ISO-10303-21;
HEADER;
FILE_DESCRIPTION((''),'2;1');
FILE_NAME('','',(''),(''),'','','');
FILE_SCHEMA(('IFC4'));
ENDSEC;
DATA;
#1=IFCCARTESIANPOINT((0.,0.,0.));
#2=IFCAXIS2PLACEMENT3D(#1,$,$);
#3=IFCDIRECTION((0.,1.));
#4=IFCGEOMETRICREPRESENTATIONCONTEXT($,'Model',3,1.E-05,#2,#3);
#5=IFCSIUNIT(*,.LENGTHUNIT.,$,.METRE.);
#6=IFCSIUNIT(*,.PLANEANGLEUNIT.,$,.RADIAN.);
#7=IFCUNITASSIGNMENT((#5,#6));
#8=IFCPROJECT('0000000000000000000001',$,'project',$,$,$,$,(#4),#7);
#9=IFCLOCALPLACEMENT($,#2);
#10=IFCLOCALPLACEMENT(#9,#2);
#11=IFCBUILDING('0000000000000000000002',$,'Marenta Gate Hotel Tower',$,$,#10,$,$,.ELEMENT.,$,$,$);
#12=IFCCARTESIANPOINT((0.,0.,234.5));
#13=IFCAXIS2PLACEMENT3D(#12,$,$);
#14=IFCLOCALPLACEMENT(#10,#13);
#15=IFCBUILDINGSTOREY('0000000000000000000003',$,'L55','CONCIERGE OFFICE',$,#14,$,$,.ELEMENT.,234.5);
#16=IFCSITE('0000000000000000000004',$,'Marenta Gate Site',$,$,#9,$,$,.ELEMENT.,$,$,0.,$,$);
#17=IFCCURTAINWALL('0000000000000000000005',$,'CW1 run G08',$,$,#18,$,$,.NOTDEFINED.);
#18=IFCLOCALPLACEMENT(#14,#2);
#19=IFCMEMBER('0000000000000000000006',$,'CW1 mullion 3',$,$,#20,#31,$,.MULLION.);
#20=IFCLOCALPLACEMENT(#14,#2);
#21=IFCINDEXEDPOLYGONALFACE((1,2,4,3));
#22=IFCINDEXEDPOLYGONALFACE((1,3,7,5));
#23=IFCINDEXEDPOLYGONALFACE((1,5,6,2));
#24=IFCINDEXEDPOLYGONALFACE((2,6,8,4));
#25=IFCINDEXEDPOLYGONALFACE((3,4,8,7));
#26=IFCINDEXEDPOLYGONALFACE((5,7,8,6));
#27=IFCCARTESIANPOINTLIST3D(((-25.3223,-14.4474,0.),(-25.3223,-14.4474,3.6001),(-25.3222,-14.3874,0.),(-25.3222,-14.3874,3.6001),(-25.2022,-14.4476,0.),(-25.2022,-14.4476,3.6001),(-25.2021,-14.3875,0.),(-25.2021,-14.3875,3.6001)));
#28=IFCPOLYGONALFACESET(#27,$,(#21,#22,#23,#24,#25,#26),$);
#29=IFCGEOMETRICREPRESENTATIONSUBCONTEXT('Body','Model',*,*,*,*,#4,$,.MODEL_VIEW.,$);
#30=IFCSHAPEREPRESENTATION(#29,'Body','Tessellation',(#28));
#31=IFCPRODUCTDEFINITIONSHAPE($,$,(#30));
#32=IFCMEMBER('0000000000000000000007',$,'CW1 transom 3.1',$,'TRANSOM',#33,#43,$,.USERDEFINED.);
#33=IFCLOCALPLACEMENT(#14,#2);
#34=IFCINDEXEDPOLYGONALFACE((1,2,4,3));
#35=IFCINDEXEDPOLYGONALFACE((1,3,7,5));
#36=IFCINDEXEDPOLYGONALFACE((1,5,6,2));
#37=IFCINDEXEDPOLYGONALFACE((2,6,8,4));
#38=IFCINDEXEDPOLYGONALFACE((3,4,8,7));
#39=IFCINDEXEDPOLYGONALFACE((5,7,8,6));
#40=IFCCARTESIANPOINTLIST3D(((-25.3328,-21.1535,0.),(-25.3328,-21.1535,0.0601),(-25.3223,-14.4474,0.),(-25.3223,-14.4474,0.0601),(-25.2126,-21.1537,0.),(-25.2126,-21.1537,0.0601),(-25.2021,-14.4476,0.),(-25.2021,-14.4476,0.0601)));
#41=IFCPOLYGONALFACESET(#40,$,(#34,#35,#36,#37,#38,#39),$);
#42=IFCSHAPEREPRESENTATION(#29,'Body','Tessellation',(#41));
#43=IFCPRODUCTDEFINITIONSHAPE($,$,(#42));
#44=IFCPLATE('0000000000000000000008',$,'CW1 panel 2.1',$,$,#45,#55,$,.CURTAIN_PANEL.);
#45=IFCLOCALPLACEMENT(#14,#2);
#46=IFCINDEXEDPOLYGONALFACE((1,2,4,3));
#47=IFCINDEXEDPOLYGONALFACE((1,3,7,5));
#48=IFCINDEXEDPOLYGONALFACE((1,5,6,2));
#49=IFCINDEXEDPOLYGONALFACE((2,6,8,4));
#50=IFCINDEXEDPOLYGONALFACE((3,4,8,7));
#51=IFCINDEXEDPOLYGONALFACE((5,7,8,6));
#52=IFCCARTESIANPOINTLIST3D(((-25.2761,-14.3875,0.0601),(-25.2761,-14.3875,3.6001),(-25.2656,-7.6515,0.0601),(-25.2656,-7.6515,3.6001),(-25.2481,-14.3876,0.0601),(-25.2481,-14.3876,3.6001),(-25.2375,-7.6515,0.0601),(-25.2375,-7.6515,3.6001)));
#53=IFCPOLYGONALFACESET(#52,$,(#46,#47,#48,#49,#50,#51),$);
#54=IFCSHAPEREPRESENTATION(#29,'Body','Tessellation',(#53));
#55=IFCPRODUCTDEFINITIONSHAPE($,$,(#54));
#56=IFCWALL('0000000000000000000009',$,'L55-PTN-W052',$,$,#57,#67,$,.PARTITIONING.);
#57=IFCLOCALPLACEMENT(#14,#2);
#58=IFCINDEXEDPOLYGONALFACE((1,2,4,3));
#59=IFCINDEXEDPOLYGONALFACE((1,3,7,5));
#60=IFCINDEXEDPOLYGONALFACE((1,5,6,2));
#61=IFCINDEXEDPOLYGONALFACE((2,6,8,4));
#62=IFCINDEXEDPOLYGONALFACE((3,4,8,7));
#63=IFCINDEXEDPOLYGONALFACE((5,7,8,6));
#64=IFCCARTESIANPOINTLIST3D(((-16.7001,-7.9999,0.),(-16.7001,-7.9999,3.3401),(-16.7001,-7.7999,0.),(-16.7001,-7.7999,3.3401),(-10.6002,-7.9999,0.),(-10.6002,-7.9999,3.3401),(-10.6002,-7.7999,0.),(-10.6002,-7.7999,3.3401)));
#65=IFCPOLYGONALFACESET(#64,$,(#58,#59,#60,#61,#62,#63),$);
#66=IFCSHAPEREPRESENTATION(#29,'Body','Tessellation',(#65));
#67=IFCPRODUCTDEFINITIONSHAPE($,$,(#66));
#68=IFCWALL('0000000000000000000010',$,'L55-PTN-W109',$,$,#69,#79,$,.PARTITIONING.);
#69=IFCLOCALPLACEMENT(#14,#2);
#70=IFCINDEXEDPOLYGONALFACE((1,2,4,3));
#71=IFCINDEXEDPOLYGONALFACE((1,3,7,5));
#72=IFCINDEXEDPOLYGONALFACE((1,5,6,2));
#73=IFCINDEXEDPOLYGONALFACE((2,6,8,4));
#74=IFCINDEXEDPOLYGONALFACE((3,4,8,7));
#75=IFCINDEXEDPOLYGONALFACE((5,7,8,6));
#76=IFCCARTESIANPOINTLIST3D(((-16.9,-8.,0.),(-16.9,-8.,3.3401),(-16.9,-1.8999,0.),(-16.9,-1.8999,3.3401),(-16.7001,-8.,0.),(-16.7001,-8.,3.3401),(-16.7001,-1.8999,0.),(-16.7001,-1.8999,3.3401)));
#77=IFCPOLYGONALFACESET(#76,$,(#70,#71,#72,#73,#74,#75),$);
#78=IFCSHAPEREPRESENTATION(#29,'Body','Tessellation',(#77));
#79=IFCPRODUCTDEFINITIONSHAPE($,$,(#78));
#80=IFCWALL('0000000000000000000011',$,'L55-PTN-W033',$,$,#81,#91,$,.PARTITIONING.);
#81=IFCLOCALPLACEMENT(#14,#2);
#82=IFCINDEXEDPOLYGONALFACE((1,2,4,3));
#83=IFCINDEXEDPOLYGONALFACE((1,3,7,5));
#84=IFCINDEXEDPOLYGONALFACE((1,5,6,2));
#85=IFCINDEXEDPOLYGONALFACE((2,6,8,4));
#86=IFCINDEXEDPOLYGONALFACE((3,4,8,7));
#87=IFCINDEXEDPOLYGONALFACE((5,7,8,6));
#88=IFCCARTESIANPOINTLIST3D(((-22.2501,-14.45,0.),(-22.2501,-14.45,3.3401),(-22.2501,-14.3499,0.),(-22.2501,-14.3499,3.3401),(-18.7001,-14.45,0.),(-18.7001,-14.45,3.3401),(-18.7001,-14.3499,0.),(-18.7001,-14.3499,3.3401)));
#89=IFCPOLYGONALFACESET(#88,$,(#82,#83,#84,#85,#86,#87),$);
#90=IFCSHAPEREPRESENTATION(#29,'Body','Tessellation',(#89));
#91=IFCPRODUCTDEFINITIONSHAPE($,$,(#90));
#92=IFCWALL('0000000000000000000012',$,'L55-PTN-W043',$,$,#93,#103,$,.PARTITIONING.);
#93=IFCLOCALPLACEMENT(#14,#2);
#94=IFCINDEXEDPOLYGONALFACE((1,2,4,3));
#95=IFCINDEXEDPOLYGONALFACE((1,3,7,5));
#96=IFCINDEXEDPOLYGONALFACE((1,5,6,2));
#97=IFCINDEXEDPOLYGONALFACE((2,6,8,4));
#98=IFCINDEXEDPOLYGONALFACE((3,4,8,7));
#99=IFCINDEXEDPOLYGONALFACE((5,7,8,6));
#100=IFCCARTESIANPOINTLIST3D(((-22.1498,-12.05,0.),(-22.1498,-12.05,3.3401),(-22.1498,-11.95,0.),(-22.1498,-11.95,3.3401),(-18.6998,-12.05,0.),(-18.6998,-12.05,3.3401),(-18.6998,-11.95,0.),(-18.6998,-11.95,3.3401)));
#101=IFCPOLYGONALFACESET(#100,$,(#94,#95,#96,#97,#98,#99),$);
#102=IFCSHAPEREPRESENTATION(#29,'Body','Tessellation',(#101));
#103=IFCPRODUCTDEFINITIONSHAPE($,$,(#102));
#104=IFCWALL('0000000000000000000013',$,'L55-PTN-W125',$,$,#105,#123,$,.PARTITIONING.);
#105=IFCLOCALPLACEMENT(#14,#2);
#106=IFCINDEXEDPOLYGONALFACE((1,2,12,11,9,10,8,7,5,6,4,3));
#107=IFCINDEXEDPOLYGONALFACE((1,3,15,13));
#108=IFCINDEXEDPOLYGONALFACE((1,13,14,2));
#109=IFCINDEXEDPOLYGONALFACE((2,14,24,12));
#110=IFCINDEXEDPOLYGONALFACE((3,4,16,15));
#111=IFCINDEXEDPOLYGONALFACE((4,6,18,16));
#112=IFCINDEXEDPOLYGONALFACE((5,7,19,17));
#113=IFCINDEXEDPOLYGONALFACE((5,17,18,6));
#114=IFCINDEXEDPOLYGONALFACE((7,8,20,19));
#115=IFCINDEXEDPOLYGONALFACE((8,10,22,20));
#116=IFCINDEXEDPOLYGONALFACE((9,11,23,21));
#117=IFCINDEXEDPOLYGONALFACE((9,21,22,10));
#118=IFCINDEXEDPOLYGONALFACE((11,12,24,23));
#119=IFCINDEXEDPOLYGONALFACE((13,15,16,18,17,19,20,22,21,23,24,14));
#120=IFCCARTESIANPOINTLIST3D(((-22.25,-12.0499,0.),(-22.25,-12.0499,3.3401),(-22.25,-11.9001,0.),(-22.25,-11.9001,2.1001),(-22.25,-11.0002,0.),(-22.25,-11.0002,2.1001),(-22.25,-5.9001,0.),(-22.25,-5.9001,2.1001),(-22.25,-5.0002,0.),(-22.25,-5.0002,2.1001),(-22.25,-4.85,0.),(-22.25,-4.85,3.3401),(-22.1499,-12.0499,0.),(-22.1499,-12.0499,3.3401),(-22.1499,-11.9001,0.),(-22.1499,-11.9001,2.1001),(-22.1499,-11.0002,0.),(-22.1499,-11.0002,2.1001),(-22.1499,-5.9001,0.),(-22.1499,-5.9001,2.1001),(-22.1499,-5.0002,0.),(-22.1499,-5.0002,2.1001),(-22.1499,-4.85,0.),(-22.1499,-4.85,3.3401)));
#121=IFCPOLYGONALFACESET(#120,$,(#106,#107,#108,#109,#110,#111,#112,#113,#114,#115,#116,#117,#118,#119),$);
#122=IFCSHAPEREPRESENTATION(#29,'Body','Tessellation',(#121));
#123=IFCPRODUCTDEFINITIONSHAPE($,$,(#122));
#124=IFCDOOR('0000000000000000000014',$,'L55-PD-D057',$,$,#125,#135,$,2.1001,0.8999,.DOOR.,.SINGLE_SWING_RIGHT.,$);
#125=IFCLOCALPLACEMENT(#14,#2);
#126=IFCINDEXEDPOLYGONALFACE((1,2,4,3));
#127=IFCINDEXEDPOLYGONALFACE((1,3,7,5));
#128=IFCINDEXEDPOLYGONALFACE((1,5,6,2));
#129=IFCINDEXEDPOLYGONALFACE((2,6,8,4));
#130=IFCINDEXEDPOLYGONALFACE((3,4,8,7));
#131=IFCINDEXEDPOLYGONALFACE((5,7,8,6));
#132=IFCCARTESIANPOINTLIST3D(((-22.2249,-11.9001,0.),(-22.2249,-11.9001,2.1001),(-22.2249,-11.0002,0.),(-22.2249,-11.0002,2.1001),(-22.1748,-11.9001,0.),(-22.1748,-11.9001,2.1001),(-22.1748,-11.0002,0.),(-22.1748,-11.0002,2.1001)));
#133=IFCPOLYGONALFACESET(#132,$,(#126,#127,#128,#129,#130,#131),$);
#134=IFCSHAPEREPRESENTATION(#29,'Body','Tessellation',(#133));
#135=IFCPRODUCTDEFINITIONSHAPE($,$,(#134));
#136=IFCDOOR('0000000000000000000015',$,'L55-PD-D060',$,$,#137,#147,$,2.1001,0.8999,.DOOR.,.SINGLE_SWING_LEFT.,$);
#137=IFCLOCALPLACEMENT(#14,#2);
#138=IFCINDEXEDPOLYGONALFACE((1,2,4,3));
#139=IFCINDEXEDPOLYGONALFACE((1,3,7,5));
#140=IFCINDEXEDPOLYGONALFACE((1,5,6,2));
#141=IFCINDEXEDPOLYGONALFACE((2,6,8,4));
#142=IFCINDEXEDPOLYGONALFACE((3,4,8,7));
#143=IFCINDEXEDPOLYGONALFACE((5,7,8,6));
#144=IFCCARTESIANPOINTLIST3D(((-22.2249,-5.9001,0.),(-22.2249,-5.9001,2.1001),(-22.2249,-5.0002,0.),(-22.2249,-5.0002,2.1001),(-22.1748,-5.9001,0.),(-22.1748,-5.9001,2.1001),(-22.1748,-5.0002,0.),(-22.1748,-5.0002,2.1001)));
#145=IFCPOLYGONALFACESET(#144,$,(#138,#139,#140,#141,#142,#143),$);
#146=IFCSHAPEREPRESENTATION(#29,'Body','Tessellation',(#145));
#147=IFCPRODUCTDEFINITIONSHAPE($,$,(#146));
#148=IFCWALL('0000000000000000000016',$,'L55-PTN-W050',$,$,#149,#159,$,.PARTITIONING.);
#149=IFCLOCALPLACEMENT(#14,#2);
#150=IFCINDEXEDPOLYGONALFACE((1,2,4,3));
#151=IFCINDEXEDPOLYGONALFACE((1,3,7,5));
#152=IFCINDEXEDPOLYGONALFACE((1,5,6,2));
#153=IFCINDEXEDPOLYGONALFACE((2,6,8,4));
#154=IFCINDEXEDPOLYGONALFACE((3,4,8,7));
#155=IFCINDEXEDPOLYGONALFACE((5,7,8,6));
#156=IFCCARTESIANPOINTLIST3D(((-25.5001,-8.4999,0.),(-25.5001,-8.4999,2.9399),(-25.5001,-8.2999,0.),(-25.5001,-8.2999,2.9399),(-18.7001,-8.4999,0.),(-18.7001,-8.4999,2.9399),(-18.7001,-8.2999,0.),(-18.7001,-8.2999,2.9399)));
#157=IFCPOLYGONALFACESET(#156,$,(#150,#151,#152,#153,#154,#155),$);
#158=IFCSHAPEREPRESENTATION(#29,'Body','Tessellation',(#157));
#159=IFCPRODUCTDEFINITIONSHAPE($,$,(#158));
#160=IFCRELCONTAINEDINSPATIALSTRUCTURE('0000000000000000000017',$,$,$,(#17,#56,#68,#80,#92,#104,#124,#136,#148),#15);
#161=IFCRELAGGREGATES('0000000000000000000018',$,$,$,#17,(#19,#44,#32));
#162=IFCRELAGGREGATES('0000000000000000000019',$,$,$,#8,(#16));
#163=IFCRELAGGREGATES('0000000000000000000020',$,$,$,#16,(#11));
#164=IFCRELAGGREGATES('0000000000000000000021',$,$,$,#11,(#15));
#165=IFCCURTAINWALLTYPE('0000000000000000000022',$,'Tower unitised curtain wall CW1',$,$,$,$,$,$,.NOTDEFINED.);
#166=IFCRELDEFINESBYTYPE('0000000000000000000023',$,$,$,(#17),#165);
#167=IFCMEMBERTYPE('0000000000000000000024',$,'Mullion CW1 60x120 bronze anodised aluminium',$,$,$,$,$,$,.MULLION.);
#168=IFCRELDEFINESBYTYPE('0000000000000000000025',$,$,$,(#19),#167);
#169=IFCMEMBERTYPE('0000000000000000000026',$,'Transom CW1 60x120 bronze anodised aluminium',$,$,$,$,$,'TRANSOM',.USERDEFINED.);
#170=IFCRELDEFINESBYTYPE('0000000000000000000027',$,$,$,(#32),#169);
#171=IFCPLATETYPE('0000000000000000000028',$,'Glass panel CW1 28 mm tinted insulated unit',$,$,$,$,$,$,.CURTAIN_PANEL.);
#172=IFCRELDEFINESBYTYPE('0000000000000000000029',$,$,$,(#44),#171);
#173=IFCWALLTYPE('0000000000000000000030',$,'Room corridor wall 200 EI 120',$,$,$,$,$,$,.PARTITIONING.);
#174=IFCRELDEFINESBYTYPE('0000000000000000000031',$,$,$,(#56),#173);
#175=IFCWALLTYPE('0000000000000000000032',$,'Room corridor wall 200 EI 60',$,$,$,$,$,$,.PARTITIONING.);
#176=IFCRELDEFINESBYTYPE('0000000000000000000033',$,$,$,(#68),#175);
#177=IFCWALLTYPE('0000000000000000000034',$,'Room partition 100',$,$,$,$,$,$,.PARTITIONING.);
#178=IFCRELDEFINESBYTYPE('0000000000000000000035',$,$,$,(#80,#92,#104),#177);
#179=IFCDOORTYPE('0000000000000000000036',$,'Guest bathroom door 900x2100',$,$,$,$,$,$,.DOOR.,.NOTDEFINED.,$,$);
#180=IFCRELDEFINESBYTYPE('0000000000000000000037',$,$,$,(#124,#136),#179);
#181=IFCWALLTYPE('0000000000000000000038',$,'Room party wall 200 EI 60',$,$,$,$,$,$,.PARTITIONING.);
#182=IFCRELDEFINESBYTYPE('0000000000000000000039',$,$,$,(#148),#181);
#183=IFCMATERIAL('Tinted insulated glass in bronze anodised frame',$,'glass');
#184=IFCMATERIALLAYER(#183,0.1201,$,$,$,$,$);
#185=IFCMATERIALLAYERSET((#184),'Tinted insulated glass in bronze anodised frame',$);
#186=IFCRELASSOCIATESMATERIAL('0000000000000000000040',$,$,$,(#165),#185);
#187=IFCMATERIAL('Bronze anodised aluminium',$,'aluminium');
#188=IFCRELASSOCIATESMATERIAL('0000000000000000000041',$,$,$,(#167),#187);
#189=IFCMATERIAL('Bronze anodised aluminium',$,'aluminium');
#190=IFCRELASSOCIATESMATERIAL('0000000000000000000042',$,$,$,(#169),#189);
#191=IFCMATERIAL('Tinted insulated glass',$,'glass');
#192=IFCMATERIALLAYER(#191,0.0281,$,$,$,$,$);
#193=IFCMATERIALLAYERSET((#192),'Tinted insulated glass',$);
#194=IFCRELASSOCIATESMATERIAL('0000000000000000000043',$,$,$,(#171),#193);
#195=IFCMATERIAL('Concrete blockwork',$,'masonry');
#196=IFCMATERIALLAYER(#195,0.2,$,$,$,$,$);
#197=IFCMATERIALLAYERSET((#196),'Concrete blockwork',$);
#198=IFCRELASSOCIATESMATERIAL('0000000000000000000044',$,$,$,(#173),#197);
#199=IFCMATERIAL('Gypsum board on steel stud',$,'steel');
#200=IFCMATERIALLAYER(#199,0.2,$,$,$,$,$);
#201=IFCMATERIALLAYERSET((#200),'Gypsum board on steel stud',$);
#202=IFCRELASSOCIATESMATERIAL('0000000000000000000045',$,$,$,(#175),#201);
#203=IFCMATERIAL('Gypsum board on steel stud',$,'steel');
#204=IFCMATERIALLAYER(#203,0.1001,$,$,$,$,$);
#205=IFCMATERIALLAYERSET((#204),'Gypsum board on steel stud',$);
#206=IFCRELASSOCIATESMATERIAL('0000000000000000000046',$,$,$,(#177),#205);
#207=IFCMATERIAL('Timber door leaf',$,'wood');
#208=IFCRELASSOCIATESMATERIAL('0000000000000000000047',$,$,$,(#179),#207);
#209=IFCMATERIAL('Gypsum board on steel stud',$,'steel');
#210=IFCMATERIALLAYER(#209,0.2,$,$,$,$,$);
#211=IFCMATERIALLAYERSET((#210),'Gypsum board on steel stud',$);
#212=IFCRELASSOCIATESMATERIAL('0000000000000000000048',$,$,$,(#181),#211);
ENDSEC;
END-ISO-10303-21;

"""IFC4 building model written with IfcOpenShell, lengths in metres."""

from ifc_helpers import new_model, si_unit, direction, frame, frame_2d, origin, origin_2d, place, context, subcontext, project, spatial, rectangle, extrude, material, layer, layer_set, material_profile, profile_set, type_object, element, fill, aggregate, save


model = new_model("IFC4")

# Units and contexts
model_context = context("Model", 3, precision=1e-05, world=origin(), true_north=direction((0.0, 1.0)))
body_context = subcontext(model_context, "Body", "Model", "MODEL_VIEW")
ifc_project = project(units=[si_unit("LENGTHUNIT", "METRE"), si_unit("PLANEANGLEUNIT", "RADIAN")], contexts=[model_context])

# Site, building, storey
site_placement = place(None, origin())
site = spatial("IfcSite", under=ifc_project, at=site_placement, Name="Marenta Gate Site", CompositionType="ELEMENT", RefElevation=0.0)
building_placement = place(site_placement, origin())
building = spatial("IfcBuilding", under=site, at=building_placement, Name="Marenta Gate Hotel Tower", CompositionType="ELEMENT")
storey_placement = place(building_placement, frame((0.0, 0.0, 234.5)))
storey = spatial("IfcBuildingStorey", under=building, at=storey_placement, Name="L55", Description="CONCIERGE OFFICE", CompositionType="ELEMENT", Elevation=234.5)

# Curtain wall, members, plate
ifc_material_1 = material(Name="Tinted insulated glass in bronze anodised frame", Category="glass")
ifc_layer_1 = layer(ifc_material_1, 0.1201)
ifc_layer_set_1 = layer_set([ifc_layer_1], Name="Tinted insulated glass in bronze anodised frame")
curtain_wall_type = type_object("IfcCurtainWallType", Name="Tower unitised curtain wall CW1", PredefinedType="NOTDEFINED", material=ifc_layer_set_1)
curtain_wall_placement = place(storey_placement, origin())
curtain_wall = element("IfcCurtainWall", 1, at=curtain_wall_placement, inside=storey, type_object=curtain_wall_type, Name="CW1 run G08", PredefinedType="NOTDEFINED")
ifc_material_2 = material(Name="Bronze anodised aluminium", Category="aluminium")
ifc_material_profile_1 = material_profile(ifc_material_2, rectangle(XDim=0.1201, YDim=0.0601, at=origin_2d()), Name="Mullion CW1 60x120 bronze anodised aluminium")
ifc_profile_set_1 = profile_set([ifc_material_profile_1], Name="Bronze anodised aluminium")
member_type_1 = type_object("IfcMemberType", Name="Mullion CW1 60x120 bronze anodised aluminium", PredefinedType="MULLION", material=ifc_profile_set_1)
member_1_placement = place(storey_placement, frame((-25.2622, -14.4175, 0.0), z_axis=(0.0, 0.0, 1.0), x_axis=(0.999999, -0.001565, 0.0)))
member_1 = element("IfcMember", 2, at=member_1_placement, type_object=member_type_1, Name="CW1 mullion 3", PredefinedType="MULLION", context=body_context, shape_type="SweptSolid", body=[
    extrude(rectangle(XDim=0.1201, YDim=0.0601, at=origin_2d()), origin(), (0.0, 0.0, 1.0), 3.6001),
])
ifc_material_3 = material(Name="Bronze anodised aluminium", Category="aluminium")
ifc_material_profile_2 = material_profile(ifc_material_3, rectangle(XDim=0.1201, YDim=0.0601, at=origin_2d()), Name="Transom CW1 60x120 bronze anodised aluminium")
ifc_profile_set_2 = profile_set([ifc_material_profile_2], Name="Bronze anodised aluminium")
member_type_2 = type_object("IfcMemberType", Name="Transom CW1 60x120 bronze anodised aluminium", ElementType="TRANSOM", PredefinedType="USERDEFINED", material=ifc_profile_set_2)
member_2_placement = place(storey_placement, frame((-25.2622, -14.4475, 0.03), z_axis=(-0.001565, -0.999999, 0.0), x_axis=(0.999999, -0.001565, 0.0)))
member_2 = element("IfcMember", 3, at=member_2_placement, type_object=member_type_2, Name="CW1 transom 3.1", ObjectType="TRANSOM", PredefinedType="USERDEFINED", context=body_context, shape_type="SweptSolid", body=[
    extrude(rectangle(XDim=0.1201, YDim=0.0601, at=origin_2d()), origin(), (0.0, 0.0, 1.0), 6.7061),
])
ifc_material_4 = material(Name="Tinted insulated glass", Category="glass")
ifc_layer_2 = layer(ifc_material_4, 0.0281)
ifc_layer_set_2 = layer_set([ifc_layer_2], Name="Tinted insulated glass")
plate_type = type_object("IfcPlateType", Name="Glass panel CW1 28 mm tinted insulated unit", PredefinedType="CURTAIN_PANEL", material=ifc_layer_set_2)
plate_placement = place(storey_placement, frame((-25.2568, -11.0195, 0.0601), z_axis=(0.0, 0.0, 1.0), x_axis=(-0.001565, -0.999999, 0.0)))
plate = element("IfcPlate", 4, at=plate_placement, type_object=plate_type, Name="CW1 panel 2.1", PredefinedType="CURTAIN_PANEL", context=body_context, shape_type="SweptSolid", body=[
    extrude(rectangle(XDim=6.7361, YDim=0.0281, at=origin_2d()), origin(), (0.0, 0.0, 1.0), 3.54),
])
aggregate(curtain_wall, [member_1, plate, member_2])

# Wall
ifc_material_5 = material(Name="Concrete blockwork", Category="masonry")
ifc_layer_3 = layer(ifc_material_5, 0.2)
ifc_layer_set_3 = layer_set([ifc_layer_3], Name="Concrete blockwork")
wall_type_1 = type_object("IfcWallType", Name="Room corridor wall 200 EI 120", PredefinedType="PARTITIONING", material=ifc_layer_set_3)
wall_1_placement = place(storey_placement, frame((-16.7, -7.8999, 0.0), z_axis=(0.0, 0.0, 1.0), x_axis=(1.0, 0.0, 0.0)))
element("IfcWall", 5, at=wall_1_placement, inside=storey, type_object=wall_type_1, Name="L55-PTN-W052", PredefinedType="PARTITIONING", context=body_context, shape_type="SweptSolid", body=[
    extrude(rectangle(XDim=6.0999, YDim=0.2, at=frame_2d((3.0498, 0.0))), origin(), (0.0, 0.0, 1.0), 3.3401),
])

# Shared definitions
ifc_material_6 = material(Name="Gypsum board on steel stud", Category="steel")
ifc_layer_4 = layer(ifc_material_6, 0.2)
ifc_layer_set_4 = layer_set([ifc_layer_4], Name="Gypsum board on steel stud")
wall_type_2 = type_object("IfcWallType", Name="Room corridor wall 200 EI 60", PredefinedType="PARTITIONING", material=ifc_layer_set_4)

# Walls
wall_2_placement = place(storey_placement, frame((-16.8, -8.0, 0.0), z_axis=(0.0, 0.0, 1.0), x_axis=(0.0, 1.0, 0.0)))
element("IfcWall", 6, at=wall_2_placement, inside=storey, type_object=wall_type_2, Name="L55-PTN-W109", PredefinedType="PARTITIONING", context=body_context, shape_type="SweptSolid", body=[
    extrude(rectangle(XDim=6.1001, YDim=0.2, at=frame_2d((3.05, 0.0))), origin(), (0.0, 0.0, 1.0), 3.3401),
])
ifc_material_7 = material(Name="Gypsum board on steel stud", Category="steel")
ifc_layer_5 = layer(ifc_material_7, 0.1001)
ifc_layer_set_5 = layer_set([ifc_layer_5], Name="Gypsum board on steel stud")
wall_type_3 = type_object("IfcWallType", Name="Room partition 100", PredefinedType="PARTITIONING", material=ifc_layer_set_5)
wall_3_placement = place(storey_placement, frame((-22.25, -14.3999, 0.0), z_axis=(0.0, 0.0, 1.0), x_axis=(1.0, 0.0, 0.0)))
element("IfcWall", 7, at=wall_3_placement, inside=storey, type_object=wall_type_3, Name="L55-PTN-W033", PredefinedType="PARTITIONING", context=body_context, shape_type="SweptSolid", body=[
    extrude(rectangle(XDim=3.55, YDim=0.1001, at=frame_2d((1.7749, 0.0))), origin(), (0.0, 0.0, 1.0), 3.3401),
])
wall_4_placement = place(storey_placement, frame((-22.1499, -12.0, 0.0), z_axis=(0.0, 0.0, 1.0), x_axis=(1.0, 0.0, 0.0)))
element("IfcWall", 8, at=wall_4_placement, inside=storey, type_object=wall_type_3, Name="L55-PTN-W043", PredefinedType="PARTITIONING", context=body_context, shape_type="SweptSolid", body=[
    extrude(rectangle(XDim=3.45, YDim=0.1001, at=frame_2d((1.7251, 0.0))), origin(), (0.0, 0.0, 1.0), 3.3401),
])

# Wall, openings, doors
wall_5_placement = place(storey_placement, frame((-22.2, -12.05, 0.0), z_axis=(0.0, 0.0, 1.0), x_axis=(0.0, 1.0, 0.0)))
wall_5 = element("IfcWall", 9, at=wall_5_placement, inside=storey, type_object=wall_type_3, Name="L55-PTN-W125", PredefinedType="PARTITIONING", context=body_context, shape_type="SweptSolid", body=[
    extrude(rectangle(XDim=7.2, YDim=0.1001, at=frame_2d((3.6001, 0.0))), origin(), (0.0, 0.0, 1.0), 3.3401),
])
opening_1_placement = place(wall_5_placement, frame((0.1499, 0.0, 0.0)))
opening_1 = element("IfcOpeningElement", 10, at=opening_1_placement, cuts=wall_5, PredefinedType="OPENING", context=body_context, shape_type="SweptSolid", body=[
    extrude(rectangle(XDim=0.8999, YDim=2.1001, at=frame_2d((0.45, 1.05))), frame((0.0, 0.05, 0.0), z_axis=(0.0, -1.0, 0.0), x_axis=(1.0, 0.0, 0.0)), (0.0, 0.0, 1.0), 0.1001),
])
opening_2_placement = place(wall_5_placement, frame((6.1499, 0.0, 0.0)))
opening_2 = element("IfcOpeningElement", 11, at=opening_2_placement, cuts=wall_5, PredefinedType="OPENING", context=body_context, shape_type="SweptSolid", body=[
    extrude(rectangle(XDim=0.8999, YDim=2.1001, at=frame_2d((0.45, 1.05))), frame((0.0, 0.05, 0.0), z_axis=(0.0, -1.0, 0.0), x_axis=(1.0, 0.0, 0.0)), (0.0, 0.0, 1.0), 0.1001),
])
ifc_material_8 = material(Name="Timber door leaf", Category="wood")
door_type_1 = type_object("IfcDoorType", Name="Guest bathroom door 900x2100", OperationType="NOTDEFINED", PredefinedType="DOOR", material=ifc_material_8)
door_1_placement = place(opening_1_placement, origin())
door_1 = element("IfcDoor", 12, at=door_1_placement, inside=storey, type_object=door_type_1, Name="L55-PD-D057", OperationType="SINGLE_SWING_RIGHT", OverallHeight=2.1001, OverallWidth=0.8999, PredefinedType="DOOR", context=body_context, shape_type="SweptSolid", body=[
    extrude(rectangle(XDim=0.8999, YDim=2.1001, at=frame_2d((0.45, 1.05))), frame((0.0, 0.0249, 0.0), z_axis=(0.0, -1.0, 0.0), x_axis=(1.0, 0.0, 0.0)), (0.0, 0.0, 1.0), 0.05),
])
fill(opening_1, door_1)
door_2_placement = place(opening_2_placement, origin())
door_2 = element("IfcDoor", 13, at=door_2_placement, inside=storey, type_object=door_type_1, Name="L55-PD-D060", OperationType="SINGLE_SWING_LEFT", OverallHeight=2.1001, OverallWidth=0.8999, PredefinedType="DOOR", context=body_context, shape_type="SweptSolid", body=[
    extrude(rectangle(XDim=0.8999, YDim=2.1001, at=frame_2d((0.45, 1.05))), frame((0.0, 0.0249, 0.0), z_axis=(0.0, -1.0, 0.0), x_axis=(1.0, 0.0, 0.0)), (0.0, 0.0, 1.0), 0.05),
])
fill(opening_2, door_2)

# Wall
ifc_material_9 = material(Name="Gypsum board on steel stud", Category="steel")
ifc_layer_6 = layer(ifc_material_9, 0.2)
ifc_layer_set_6 = layer_set([ifc_layer_6], Name="Gypsum board on steel stud")
wall_type_4 = type_object("IfcWallType", Name="Room party wall 200 EI 60", PredefinedType="PARTITIONING", material=ifc_layer_set_6)
wall_6_placement = place(storey_placement, frame((-25.5, -8.3999, 0.0), z_axis=(0.0, 0.0, 1.0), x_axis=(1.0, 0.0, 0.0)))
element("IfcWall", 14, at=wall_6_placement, inside=storey, type_object=wall_type_4, Name="L55-PTN-W050", PredefinedType="PARTITIONING", context=body_context, shape_type="SweptSolid", body=[
    extrude(rectangle(XDim=6.8, YDim=0.2, at=frame_2d((3.3999, 0.0))), origin(), (0.0, 0.0, 1.0), 2.9399),
])

save(model, "model.ifc")
